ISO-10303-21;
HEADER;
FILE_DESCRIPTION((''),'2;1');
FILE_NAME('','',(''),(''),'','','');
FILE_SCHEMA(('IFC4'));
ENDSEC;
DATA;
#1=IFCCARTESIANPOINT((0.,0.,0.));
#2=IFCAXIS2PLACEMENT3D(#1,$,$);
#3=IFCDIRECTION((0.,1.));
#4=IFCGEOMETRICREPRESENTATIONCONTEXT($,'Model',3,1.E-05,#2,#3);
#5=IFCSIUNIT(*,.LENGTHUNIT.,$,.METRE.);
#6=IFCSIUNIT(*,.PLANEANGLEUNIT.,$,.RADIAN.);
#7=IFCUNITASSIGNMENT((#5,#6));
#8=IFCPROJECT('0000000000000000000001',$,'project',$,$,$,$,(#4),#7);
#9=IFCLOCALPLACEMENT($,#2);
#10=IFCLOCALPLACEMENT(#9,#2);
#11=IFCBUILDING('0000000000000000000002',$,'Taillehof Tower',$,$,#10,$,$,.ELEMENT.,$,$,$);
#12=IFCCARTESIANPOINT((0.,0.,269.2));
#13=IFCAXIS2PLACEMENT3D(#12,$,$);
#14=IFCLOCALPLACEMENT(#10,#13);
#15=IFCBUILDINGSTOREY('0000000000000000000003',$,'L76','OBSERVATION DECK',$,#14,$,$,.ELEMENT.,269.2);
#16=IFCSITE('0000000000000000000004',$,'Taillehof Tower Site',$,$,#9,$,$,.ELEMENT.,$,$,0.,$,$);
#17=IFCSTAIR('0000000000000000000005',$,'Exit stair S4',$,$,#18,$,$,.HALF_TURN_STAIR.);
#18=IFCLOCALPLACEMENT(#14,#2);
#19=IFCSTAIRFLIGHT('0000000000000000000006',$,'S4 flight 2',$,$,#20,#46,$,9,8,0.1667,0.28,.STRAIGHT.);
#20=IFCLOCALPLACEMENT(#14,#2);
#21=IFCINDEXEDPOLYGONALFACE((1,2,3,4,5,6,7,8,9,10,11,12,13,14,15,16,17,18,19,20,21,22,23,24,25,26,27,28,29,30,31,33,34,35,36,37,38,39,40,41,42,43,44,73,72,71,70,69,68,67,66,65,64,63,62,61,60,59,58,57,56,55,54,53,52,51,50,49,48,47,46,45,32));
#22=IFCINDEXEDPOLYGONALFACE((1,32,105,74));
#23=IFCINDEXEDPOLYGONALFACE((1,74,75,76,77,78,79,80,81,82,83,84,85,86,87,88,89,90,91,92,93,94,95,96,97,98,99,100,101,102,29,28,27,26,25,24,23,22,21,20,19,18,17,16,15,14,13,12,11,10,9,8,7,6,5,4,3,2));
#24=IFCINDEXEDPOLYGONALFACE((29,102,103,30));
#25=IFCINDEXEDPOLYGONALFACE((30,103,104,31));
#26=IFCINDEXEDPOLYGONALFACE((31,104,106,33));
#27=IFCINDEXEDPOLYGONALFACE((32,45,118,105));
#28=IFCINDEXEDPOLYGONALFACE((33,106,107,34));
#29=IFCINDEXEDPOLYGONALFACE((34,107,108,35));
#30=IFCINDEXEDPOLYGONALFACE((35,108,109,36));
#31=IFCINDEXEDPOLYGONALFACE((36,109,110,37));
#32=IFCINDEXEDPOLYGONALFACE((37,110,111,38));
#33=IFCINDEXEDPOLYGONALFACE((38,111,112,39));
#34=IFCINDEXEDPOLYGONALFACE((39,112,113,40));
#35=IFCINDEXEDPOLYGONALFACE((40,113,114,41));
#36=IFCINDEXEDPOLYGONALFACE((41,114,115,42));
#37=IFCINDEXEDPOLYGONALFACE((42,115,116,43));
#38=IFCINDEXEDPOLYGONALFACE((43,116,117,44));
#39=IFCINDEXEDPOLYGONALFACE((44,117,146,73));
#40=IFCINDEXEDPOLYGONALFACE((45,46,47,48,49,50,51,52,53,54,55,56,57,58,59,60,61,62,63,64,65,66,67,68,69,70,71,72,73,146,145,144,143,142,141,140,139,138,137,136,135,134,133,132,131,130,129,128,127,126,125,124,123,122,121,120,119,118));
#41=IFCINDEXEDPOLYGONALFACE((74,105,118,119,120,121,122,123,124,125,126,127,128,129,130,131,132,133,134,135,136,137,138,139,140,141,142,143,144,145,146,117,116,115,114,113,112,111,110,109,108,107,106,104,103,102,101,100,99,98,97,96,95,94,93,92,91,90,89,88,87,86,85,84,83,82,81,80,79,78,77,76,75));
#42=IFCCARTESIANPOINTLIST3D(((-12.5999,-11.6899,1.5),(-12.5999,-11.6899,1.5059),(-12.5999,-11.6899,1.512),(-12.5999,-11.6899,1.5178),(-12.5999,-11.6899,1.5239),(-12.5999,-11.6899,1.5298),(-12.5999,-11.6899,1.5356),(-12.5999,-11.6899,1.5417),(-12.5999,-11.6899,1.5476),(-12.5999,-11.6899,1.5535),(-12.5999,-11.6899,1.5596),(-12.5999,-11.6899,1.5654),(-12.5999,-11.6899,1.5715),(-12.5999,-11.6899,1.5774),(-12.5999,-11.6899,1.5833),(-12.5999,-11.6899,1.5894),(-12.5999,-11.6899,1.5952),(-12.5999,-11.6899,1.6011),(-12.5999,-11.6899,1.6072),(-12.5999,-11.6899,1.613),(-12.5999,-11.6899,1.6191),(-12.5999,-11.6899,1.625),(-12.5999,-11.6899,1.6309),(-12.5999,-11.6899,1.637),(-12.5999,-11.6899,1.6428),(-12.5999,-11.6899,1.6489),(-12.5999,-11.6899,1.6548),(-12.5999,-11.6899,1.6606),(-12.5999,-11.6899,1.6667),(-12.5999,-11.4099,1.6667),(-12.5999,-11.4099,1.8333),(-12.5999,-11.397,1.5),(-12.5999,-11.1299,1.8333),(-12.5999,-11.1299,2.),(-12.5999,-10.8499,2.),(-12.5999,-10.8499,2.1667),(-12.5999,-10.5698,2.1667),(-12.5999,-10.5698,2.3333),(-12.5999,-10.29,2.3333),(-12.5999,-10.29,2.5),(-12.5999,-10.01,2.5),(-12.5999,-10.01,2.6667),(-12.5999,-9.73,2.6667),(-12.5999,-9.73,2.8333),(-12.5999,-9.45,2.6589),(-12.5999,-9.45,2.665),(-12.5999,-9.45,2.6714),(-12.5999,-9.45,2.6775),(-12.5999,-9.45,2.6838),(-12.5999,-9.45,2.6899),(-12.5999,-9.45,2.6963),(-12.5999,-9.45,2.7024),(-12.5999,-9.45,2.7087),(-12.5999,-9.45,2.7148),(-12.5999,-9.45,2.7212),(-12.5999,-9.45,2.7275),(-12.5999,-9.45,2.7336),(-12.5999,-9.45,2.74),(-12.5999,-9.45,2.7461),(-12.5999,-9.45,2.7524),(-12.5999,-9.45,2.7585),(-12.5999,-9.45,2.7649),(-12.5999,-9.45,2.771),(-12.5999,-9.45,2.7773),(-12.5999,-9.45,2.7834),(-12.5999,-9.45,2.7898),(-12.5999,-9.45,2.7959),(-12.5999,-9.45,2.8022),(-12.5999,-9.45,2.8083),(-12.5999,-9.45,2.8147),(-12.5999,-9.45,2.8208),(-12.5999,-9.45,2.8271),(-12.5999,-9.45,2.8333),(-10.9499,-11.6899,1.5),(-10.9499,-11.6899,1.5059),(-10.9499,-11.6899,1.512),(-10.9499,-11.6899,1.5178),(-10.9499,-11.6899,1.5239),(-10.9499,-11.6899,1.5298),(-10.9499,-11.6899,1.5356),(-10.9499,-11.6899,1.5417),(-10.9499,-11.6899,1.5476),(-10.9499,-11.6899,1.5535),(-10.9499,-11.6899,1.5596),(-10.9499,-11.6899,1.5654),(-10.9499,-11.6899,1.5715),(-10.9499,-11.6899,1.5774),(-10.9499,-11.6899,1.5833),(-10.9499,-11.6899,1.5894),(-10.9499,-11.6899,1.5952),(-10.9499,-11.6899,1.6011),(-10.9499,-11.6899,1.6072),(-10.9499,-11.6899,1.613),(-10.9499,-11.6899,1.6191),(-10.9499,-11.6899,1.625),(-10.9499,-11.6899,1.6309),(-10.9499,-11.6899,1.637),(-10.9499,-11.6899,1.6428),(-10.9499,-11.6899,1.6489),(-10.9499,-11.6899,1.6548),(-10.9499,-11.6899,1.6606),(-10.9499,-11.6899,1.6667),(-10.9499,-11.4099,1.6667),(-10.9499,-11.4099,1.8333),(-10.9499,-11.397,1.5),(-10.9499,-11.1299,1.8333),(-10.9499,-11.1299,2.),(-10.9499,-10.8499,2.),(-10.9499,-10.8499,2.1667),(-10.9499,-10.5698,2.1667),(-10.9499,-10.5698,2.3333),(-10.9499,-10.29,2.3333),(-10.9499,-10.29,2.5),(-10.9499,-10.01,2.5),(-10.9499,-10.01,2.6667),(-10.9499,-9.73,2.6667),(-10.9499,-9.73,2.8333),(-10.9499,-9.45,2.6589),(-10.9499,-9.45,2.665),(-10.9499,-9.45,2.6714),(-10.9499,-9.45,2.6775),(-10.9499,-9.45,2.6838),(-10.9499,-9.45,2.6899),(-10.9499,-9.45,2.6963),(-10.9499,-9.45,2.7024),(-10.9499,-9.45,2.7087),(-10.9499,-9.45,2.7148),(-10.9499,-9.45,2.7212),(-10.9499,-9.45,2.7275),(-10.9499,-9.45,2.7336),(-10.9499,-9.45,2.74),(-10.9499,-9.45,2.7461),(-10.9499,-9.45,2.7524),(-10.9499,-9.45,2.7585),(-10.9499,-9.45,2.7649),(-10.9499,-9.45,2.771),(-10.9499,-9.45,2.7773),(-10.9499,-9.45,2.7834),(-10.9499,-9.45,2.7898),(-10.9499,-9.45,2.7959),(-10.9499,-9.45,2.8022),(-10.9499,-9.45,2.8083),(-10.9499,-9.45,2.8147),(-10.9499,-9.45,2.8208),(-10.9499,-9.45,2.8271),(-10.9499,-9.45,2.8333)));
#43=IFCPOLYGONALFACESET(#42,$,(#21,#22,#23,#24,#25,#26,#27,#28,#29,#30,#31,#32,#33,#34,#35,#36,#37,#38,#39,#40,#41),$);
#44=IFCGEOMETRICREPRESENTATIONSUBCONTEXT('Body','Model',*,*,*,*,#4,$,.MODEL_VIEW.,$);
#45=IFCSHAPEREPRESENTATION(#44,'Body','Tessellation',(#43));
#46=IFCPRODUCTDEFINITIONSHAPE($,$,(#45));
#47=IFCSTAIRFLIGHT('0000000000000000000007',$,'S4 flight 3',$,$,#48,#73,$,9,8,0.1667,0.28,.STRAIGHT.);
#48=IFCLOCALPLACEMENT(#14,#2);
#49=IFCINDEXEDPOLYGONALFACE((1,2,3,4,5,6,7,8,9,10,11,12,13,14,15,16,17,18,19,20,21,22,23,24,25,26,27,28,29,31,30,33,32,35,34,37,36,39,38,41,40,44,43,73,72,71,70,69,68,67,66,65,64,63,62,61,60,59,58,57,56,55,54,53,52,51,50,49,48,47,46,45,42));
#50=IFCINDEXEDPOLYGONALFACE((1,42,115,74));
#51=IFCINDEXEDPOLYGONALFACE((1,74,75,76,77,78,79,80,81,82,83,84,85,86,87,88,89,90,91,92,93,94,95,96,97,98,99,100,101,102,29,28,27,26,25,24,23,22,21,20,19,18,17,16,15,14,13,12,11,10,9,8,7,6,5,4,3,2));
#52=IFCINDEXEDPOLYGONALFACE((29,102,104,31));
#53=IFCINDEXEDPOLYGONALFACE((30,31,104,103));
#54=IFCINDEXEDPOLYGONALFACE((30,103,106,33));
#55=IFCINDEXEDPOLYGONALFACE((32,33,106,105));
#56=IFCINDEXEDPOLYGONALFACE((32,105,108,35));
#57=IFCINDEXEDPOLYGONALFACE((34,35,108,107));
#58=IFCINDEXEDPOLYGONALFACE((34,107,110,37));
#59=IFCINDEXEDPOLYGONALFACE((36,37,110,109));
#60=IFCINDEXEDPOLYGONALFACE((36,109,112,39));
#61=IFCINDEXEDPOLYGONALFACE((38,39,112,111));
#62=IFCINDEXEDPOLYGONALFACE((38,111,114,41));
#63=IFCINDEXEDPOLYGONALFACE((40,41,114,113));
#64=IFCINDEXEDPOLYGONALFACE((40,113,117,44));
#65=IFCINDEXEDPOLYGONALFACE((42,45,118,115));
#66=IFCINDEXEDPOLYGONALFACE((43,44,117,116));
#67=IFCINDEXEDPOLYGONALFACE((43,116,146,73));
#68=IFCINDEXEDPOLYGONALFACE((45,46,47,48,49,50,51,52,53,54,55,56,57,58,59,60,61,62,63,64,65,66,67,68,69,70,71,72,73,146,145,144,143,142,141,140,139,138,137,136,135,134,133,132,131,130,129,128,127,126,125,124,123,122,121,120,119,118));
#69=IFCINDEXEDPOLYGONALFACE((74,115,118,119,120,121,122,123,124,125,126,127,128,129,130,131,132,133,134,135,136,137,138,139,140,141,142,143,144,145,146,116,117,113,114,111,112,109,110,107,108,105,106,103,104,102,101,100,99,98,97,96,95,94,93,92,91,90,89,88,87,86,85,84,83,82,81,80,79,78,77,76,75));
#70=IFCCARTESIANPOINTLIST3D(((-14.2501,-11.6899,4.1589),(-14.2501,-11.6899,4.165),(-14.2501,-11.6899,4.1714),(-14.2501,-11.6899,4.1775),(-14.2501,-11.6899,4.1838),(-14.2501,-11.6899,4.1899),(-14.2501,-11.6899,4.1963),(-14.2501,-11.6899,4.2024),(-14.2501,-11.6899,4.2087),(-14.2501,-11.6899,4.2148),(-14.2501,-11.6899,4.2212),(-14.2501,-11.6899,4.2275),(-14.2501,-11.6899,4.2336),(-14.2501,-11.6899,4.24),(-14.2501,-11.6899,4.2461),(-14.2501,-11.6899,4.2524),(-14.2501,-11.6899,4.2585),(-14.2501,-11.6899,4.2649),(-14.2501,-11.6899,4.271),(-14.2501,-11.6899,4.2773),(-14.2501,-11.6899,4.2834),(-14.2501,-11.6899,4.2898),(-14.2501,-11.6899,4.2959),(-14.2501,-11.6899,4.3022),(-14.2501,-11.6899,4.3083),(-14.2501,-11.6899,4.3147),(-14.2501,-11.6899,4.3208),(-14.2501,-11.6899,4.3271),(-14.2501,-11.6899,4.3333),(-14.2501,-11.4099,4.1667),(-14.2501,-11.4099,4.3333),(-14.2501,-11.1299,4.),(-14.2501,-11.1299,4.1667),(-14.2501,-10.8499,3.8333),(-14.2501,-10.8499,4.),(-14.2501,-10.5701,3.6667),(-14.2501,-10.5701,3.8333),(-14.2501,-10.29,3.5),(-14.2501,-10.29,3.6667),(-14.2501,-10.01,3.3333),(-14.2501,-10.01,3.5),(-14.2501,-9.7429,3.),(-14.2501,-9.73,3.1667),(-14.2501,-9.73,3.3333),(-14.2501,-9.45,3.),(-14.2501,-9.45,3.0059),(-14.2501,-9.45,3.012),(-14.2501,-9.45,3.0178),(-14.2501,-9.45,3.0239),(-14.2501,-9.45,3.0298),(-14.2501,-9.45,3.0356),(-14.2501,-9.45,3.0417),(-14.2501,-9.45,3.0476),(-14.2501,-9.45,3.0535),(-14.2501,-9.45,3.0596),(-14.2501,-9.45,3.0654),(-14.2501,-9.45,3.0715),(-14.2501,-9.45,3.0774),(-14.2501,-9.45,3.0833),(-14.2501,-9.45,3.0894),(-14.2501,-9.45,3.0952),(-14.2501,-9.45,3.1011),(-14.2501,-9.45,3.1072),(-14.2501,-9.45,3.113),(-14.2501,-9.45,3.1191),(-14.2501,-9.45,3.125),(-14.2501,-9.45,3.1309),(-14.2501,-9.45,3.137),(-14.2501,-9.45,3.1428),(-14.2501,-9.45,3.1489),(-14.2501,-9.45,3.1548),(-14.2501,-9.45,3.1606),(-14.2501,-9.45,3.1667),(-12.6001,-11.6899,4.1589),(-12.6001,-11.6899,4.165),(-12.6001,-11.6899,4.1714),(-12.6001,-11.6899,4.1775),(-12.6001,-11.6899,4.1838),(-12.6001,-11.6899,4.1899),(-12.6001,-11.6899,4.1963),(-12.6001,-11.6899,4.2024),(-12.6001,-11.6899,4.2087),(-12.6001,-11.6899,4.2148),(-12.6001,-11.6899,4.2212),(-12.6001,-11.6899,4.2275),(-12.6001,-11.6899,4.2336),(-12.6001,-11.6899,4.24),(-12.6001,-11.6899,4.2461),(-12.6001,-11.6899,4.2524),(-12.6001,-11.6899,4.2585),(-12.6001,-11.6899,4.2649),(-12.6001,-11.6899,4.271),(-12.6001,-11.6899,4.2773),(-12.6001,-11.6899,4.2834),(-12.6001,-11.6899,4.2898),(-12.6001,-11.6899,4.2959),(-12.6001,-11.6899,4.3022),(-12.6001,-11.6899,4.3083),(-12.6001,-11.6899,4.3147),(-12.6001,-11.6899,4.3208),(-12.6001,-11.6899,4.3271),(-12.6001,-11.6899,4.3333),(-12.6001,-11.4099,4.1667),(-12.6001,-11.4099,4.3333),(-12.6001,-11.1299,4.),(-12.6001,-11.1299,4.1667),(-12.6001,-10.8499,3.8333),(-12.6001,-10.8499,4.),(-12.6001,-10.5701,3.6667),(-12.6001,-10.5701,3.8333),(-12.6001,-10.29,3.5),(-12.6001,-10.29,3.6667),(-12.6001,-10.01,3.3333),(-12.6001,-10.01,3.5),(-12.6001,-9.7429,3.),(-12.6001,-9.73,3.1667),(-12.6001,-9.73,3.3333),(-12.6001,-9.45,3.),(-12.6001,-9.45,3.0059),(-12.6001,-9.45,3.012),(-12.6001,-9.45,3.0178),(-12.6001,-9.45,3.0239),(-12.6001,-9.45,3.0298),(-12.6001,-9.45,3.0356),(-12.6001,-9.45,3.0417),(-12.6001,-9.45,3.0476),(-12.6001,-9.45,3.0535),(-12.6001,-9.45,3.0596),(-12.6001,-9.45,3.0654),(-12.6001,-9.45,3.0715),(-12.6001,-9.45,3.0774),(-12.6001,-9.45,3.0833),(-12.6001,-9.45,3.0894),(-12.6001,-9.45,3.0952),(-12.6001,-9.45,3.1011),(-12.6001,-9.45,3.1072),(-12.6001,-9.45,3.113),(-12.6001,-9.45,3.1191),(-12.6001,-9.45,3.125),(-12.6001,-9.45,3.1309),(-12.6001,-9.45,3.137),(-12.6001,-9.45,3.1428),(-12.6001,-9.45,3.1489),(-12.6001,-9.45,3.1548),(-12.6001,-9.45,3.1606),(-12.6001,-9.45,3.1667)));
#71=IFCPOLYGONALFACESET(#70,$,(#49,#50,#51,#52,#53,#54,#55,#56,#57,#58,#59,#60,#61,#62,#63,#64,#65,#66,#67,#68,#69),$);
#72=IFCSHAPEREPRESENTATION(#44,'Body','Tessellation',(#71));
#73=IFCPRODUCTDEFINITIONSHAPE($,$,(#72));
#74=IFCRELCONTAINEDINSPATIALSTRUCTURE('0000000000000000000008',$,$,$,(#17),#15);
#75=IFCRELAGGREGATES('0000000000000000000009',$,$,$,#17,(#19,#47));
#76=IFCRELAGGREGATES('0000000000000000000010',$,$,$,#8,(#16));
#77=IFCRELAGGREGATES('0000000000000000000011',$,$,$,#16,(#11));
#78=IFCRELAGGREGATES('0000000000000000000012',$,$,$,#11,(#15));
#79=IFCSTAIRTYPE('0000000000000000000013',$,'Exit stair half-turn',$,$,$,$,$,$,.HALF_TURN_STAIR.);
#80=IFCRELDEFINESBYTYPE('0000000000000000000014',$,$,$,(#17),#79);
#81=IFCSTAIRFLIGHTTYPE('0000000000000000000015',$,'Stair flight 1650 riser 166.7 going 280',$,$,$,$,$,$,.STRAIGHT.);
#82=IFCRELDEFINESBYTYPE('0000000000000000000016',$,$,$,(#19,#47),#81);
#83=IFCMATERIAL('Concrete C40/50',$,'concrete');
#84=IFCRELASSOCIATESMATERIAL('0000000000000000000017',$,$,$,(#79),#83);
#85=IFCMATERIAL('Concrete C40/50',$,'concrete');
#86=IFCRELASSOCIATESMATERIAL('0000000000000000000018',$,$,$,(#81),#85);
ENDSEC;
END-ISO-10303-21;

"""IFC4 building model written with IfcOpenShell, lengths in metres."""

from ifc_helpers import new_model, si_unit, direction, frame, origin, place, context, subcontext, project, spatial, polyline, outline, extrude, material, type_object, element, aggregate, save


model = new_model("IFC4")

# Units and contexts
model_context = context("Model", 3, precision=1e-05, world=origin(), true_north=direction((0.0, 1.0)))
body_context = subcontext(model_context, "Body", "Model", "MODEL_VIEW")
ifc_project = project(units=[si_unit("LENGTHUNIT", "METRE"), si_unit("PLANEANGLEUNIT", "RADIAN")], contexts=[model_context])

# Site, building, storey
site_placement = place(None, origin())
site = spatial("IfcSite", under=ifc_project, at=site_placement, Name="Taillehof Tower Site", CompositionType="ELEMENT", RefElevation=0.0)
building_placement = place(site_placement, origin())
building = spatial("IfcBuilding", under=site, at=building_placement, Name="Taillehof Tower", CompositionType="ELEMENT")
storey_placement = place(building_placement, frame((0.0, 0.0, 269.2)))
storey = spatial("IfcBuildingStorey", under=building, at=storey_placement, Name="L76", Description="OBSERVATION DECK", CompositionType="ELEMENT", Elevation=269.2)

# Stair, stair flights
ifc_material_1 = material(Name="Concrete C40/50", Category="concrete")
stair_type = type_object("IfcStairType", Name="Exit stair half-turn", PredefinedType="HALF_TURN_STAIR", material=ifc_material_1)
stair_placement = place(storey_placement, origin())
stair = element("IfcStair", 1, at=stair_placement, inside=storey, type_object=stair_type, Name="Exit stair S4", PredefinedType="HALF_TURN_STAIR")
ifc_material_2 = material(Name="Concrete C40/50", Category="concrete")
stair_flight_type = type_object("IfcStairFlightType", Name="Stair flight 1650 riser 166.7 going 280", PredefinedType="STRAIGHT", material=ifc_material_2)
stair_flight_1_placement = place(storey_placement, frame((-11.7749, -11.6899, 1.5), z_axis=(0.0, 0.0, 1.0), x_axis=(0.0, 1.0, 0.0)))
stair_flight_1 = element("IfcStairFlight", 2, at=stair_flight_1_placement, type_object=stair_flight_type, Name="S4 flight 2", NumberOfRisers=9, NumberOfTreads=8, PredefinedType="STRAIGHT", RiserHeight=0.1667, TreadLength=0.28, context=body_context, shape_type="SweptSolid", body=[
    extrude(outline(polyline([(0.0, 0.0), (0.0, 0.0059), (0.0, 0.012), (0.0, 0.0178), (0.0, 0.0239), (0.0, 0.0298), (0.0, 0.0356), (0.0, 0.0417), (0.0, 0.0476), (0.0, 0.0535), (0.0, 0.0596), (0.0, 0.0654), (0.0, 0.0715), (0.0, 0.0774), (0.0, 0.0833), (0.0, 0.0894), (0.0, 0.0952), (0.0, 0.1011), (0.0, 0.1072), (0.0, 0.113), (0.0, 0.1191), (0.0, 0.125), (0.0, 0.1309), (0.0, 0.137), (0.0, 0.1428), (0.0, 0.1489), (0.0, 0.1548), (0.0, 0.1606), (0.0, 0.1667), (0.28, 0.1667), (0.28, 0.3333), (0.5601, 0.3333), (0.5601, 0.5), (0.8401, 0.5), (0.8401, 0.6667), (1.1201, 0.6667), (1.1201, 0.8333), (1.3999, 0.8333), (1.3999, 1.0), (1.6799, 1.0), (1.6799, 1.1667), (1.96, 1.1667), (1.96, 1.3333), (2.24, 1.3333), (2.24, 1.3271), (2.24, 1.3208), (2.24, 1.3147), (2.24, 1.3083), (2.24, 1.3022), (2.24, 1.2959), (2.24, 1.2898), (2.24, 1.2834), (2.24, 1.2773), (2.24, 1.271), (2.24, 1.2649), (2.24, 1.2585), (2.24, 1.2524), (2.24, 1.2461), (2.24, 1.24), (2.24, 1.2336), (2.24, 1.2275), (2.24, 1.2212), (2.24, 1.2148), (2.24, 1.2087), (2.24, 1.2024), (2.24, 1.1963), (2.24, 1.1899), (2.24, 1.1838), (2.24, 1.1775), (2.24, 1.1714), (2.24, 1.165), (2.24, 1.1589), (0.293, 0.0), (0.0, 0.0)])), frame((0.0, 0.825, 0.0), z_axis=(0.0, -1.0, 0.0), x_axis=(1.0, 0.0, 0.0)), (0.0, 0.0, 1.0), 1.65),
])
stair_flight_2_placement = place(storey_placement, frame((-13.425, -9.45, 3.0), z_axis=(0.0, 0.0, 1.0), x_axis=(0.0, -1.0, 0.0)))
stair_flight_2 = element("IfcStairFlight", 3, at=stair_flight_2_placement, type_object=stair_flight_type, Name="S4 flight 3", NumberOfRisers=9, NumberOfTreads=8, PredefinedType="STRAIGHT", RiserHeight=0.1667, TreadLength=0.28, context=body_context, shape_type="SweptSolid", body=[
    extrude(outline(polyline([(0.0, 0.0), (0.0, 0.0059), (0.0, 0.012), (0.0, 0.0178), (0.0, 0.0239), (0.0, 0.0298), (0.0, 0.0356), (0.0, 0.0417), (0.0, 0.0476), (0.0, 0.0535), (0.0, 0.0596), (0.0, 0.0654), (0.0, 0.0715), (0.0, 0.0774), (0.0, 0.0833), (0.0, 0.0894), (0.0, 0.0952), (0.0, 0.1011), (0.0, 0.1072), (0.0, 0.113), (0.0, 0.1191), (0.0, 0.125), (0.0, 0.1309), (0.0, 0.137), (0.0, 0.1428), (0.0, 0.1489), (0.0, 0.1548), (0.0, 0.1606), (0.0, 0.1667), (0.28, 0.1667), (0.28, 0.3333), (0.5601, 0.3333), (0.5601, 0.5), (0.8401, 0.5), (0.8401, 0.6667), (1.1201, 0.6667), (1.1201, 0.8333), (1.3999, 0.8333), (1.3999, 1.0), (1.6799, 1.0), (1.6799, 1.1667), (1.96, 1.1667), (1.96, 1.3333), (2.24, 1.3333), (2.24, 1.3271), (2.24, 1.3208), (2.24, 1.3147), (2.24, 1.3083), (2.24, 1.3022), (2.24, 1.2959), (2.24, 1.2898), (2.24, 1.2834), (2.24, 1.2773), (2.24, 1.271), (2.24, 1.2649), (2.24, 1.2585), (2.24, 1.2524), (2.24, 1.2461), (2.24, 1.24), (2.24, 1.2336), (2.24, 1.2275), (2.24, 1.2212), (2.24, 1.2148), (2.24, 1.2087), (2.24, 1.2024), (2.24, 1.1963), (2.24, 1.1899), (2.24, 1.1838), (2.24, 1.1775), (2.24, 1.1714), (2.24, 1.165), (2.24, 1.1589), (0.293, 0.0), (0.0, 0.0)])), frame((0.0, 0.825, 0.0), z_axis=(0.0, -1.0, 0.0), x_axis=(1.0, 0.0, 0.0)), (0.0, 0.0, 1.0), 1.65),
])
aggregate(stair, [stair_flight_1, stair_flight_2])

save(model, "model.ifc")
